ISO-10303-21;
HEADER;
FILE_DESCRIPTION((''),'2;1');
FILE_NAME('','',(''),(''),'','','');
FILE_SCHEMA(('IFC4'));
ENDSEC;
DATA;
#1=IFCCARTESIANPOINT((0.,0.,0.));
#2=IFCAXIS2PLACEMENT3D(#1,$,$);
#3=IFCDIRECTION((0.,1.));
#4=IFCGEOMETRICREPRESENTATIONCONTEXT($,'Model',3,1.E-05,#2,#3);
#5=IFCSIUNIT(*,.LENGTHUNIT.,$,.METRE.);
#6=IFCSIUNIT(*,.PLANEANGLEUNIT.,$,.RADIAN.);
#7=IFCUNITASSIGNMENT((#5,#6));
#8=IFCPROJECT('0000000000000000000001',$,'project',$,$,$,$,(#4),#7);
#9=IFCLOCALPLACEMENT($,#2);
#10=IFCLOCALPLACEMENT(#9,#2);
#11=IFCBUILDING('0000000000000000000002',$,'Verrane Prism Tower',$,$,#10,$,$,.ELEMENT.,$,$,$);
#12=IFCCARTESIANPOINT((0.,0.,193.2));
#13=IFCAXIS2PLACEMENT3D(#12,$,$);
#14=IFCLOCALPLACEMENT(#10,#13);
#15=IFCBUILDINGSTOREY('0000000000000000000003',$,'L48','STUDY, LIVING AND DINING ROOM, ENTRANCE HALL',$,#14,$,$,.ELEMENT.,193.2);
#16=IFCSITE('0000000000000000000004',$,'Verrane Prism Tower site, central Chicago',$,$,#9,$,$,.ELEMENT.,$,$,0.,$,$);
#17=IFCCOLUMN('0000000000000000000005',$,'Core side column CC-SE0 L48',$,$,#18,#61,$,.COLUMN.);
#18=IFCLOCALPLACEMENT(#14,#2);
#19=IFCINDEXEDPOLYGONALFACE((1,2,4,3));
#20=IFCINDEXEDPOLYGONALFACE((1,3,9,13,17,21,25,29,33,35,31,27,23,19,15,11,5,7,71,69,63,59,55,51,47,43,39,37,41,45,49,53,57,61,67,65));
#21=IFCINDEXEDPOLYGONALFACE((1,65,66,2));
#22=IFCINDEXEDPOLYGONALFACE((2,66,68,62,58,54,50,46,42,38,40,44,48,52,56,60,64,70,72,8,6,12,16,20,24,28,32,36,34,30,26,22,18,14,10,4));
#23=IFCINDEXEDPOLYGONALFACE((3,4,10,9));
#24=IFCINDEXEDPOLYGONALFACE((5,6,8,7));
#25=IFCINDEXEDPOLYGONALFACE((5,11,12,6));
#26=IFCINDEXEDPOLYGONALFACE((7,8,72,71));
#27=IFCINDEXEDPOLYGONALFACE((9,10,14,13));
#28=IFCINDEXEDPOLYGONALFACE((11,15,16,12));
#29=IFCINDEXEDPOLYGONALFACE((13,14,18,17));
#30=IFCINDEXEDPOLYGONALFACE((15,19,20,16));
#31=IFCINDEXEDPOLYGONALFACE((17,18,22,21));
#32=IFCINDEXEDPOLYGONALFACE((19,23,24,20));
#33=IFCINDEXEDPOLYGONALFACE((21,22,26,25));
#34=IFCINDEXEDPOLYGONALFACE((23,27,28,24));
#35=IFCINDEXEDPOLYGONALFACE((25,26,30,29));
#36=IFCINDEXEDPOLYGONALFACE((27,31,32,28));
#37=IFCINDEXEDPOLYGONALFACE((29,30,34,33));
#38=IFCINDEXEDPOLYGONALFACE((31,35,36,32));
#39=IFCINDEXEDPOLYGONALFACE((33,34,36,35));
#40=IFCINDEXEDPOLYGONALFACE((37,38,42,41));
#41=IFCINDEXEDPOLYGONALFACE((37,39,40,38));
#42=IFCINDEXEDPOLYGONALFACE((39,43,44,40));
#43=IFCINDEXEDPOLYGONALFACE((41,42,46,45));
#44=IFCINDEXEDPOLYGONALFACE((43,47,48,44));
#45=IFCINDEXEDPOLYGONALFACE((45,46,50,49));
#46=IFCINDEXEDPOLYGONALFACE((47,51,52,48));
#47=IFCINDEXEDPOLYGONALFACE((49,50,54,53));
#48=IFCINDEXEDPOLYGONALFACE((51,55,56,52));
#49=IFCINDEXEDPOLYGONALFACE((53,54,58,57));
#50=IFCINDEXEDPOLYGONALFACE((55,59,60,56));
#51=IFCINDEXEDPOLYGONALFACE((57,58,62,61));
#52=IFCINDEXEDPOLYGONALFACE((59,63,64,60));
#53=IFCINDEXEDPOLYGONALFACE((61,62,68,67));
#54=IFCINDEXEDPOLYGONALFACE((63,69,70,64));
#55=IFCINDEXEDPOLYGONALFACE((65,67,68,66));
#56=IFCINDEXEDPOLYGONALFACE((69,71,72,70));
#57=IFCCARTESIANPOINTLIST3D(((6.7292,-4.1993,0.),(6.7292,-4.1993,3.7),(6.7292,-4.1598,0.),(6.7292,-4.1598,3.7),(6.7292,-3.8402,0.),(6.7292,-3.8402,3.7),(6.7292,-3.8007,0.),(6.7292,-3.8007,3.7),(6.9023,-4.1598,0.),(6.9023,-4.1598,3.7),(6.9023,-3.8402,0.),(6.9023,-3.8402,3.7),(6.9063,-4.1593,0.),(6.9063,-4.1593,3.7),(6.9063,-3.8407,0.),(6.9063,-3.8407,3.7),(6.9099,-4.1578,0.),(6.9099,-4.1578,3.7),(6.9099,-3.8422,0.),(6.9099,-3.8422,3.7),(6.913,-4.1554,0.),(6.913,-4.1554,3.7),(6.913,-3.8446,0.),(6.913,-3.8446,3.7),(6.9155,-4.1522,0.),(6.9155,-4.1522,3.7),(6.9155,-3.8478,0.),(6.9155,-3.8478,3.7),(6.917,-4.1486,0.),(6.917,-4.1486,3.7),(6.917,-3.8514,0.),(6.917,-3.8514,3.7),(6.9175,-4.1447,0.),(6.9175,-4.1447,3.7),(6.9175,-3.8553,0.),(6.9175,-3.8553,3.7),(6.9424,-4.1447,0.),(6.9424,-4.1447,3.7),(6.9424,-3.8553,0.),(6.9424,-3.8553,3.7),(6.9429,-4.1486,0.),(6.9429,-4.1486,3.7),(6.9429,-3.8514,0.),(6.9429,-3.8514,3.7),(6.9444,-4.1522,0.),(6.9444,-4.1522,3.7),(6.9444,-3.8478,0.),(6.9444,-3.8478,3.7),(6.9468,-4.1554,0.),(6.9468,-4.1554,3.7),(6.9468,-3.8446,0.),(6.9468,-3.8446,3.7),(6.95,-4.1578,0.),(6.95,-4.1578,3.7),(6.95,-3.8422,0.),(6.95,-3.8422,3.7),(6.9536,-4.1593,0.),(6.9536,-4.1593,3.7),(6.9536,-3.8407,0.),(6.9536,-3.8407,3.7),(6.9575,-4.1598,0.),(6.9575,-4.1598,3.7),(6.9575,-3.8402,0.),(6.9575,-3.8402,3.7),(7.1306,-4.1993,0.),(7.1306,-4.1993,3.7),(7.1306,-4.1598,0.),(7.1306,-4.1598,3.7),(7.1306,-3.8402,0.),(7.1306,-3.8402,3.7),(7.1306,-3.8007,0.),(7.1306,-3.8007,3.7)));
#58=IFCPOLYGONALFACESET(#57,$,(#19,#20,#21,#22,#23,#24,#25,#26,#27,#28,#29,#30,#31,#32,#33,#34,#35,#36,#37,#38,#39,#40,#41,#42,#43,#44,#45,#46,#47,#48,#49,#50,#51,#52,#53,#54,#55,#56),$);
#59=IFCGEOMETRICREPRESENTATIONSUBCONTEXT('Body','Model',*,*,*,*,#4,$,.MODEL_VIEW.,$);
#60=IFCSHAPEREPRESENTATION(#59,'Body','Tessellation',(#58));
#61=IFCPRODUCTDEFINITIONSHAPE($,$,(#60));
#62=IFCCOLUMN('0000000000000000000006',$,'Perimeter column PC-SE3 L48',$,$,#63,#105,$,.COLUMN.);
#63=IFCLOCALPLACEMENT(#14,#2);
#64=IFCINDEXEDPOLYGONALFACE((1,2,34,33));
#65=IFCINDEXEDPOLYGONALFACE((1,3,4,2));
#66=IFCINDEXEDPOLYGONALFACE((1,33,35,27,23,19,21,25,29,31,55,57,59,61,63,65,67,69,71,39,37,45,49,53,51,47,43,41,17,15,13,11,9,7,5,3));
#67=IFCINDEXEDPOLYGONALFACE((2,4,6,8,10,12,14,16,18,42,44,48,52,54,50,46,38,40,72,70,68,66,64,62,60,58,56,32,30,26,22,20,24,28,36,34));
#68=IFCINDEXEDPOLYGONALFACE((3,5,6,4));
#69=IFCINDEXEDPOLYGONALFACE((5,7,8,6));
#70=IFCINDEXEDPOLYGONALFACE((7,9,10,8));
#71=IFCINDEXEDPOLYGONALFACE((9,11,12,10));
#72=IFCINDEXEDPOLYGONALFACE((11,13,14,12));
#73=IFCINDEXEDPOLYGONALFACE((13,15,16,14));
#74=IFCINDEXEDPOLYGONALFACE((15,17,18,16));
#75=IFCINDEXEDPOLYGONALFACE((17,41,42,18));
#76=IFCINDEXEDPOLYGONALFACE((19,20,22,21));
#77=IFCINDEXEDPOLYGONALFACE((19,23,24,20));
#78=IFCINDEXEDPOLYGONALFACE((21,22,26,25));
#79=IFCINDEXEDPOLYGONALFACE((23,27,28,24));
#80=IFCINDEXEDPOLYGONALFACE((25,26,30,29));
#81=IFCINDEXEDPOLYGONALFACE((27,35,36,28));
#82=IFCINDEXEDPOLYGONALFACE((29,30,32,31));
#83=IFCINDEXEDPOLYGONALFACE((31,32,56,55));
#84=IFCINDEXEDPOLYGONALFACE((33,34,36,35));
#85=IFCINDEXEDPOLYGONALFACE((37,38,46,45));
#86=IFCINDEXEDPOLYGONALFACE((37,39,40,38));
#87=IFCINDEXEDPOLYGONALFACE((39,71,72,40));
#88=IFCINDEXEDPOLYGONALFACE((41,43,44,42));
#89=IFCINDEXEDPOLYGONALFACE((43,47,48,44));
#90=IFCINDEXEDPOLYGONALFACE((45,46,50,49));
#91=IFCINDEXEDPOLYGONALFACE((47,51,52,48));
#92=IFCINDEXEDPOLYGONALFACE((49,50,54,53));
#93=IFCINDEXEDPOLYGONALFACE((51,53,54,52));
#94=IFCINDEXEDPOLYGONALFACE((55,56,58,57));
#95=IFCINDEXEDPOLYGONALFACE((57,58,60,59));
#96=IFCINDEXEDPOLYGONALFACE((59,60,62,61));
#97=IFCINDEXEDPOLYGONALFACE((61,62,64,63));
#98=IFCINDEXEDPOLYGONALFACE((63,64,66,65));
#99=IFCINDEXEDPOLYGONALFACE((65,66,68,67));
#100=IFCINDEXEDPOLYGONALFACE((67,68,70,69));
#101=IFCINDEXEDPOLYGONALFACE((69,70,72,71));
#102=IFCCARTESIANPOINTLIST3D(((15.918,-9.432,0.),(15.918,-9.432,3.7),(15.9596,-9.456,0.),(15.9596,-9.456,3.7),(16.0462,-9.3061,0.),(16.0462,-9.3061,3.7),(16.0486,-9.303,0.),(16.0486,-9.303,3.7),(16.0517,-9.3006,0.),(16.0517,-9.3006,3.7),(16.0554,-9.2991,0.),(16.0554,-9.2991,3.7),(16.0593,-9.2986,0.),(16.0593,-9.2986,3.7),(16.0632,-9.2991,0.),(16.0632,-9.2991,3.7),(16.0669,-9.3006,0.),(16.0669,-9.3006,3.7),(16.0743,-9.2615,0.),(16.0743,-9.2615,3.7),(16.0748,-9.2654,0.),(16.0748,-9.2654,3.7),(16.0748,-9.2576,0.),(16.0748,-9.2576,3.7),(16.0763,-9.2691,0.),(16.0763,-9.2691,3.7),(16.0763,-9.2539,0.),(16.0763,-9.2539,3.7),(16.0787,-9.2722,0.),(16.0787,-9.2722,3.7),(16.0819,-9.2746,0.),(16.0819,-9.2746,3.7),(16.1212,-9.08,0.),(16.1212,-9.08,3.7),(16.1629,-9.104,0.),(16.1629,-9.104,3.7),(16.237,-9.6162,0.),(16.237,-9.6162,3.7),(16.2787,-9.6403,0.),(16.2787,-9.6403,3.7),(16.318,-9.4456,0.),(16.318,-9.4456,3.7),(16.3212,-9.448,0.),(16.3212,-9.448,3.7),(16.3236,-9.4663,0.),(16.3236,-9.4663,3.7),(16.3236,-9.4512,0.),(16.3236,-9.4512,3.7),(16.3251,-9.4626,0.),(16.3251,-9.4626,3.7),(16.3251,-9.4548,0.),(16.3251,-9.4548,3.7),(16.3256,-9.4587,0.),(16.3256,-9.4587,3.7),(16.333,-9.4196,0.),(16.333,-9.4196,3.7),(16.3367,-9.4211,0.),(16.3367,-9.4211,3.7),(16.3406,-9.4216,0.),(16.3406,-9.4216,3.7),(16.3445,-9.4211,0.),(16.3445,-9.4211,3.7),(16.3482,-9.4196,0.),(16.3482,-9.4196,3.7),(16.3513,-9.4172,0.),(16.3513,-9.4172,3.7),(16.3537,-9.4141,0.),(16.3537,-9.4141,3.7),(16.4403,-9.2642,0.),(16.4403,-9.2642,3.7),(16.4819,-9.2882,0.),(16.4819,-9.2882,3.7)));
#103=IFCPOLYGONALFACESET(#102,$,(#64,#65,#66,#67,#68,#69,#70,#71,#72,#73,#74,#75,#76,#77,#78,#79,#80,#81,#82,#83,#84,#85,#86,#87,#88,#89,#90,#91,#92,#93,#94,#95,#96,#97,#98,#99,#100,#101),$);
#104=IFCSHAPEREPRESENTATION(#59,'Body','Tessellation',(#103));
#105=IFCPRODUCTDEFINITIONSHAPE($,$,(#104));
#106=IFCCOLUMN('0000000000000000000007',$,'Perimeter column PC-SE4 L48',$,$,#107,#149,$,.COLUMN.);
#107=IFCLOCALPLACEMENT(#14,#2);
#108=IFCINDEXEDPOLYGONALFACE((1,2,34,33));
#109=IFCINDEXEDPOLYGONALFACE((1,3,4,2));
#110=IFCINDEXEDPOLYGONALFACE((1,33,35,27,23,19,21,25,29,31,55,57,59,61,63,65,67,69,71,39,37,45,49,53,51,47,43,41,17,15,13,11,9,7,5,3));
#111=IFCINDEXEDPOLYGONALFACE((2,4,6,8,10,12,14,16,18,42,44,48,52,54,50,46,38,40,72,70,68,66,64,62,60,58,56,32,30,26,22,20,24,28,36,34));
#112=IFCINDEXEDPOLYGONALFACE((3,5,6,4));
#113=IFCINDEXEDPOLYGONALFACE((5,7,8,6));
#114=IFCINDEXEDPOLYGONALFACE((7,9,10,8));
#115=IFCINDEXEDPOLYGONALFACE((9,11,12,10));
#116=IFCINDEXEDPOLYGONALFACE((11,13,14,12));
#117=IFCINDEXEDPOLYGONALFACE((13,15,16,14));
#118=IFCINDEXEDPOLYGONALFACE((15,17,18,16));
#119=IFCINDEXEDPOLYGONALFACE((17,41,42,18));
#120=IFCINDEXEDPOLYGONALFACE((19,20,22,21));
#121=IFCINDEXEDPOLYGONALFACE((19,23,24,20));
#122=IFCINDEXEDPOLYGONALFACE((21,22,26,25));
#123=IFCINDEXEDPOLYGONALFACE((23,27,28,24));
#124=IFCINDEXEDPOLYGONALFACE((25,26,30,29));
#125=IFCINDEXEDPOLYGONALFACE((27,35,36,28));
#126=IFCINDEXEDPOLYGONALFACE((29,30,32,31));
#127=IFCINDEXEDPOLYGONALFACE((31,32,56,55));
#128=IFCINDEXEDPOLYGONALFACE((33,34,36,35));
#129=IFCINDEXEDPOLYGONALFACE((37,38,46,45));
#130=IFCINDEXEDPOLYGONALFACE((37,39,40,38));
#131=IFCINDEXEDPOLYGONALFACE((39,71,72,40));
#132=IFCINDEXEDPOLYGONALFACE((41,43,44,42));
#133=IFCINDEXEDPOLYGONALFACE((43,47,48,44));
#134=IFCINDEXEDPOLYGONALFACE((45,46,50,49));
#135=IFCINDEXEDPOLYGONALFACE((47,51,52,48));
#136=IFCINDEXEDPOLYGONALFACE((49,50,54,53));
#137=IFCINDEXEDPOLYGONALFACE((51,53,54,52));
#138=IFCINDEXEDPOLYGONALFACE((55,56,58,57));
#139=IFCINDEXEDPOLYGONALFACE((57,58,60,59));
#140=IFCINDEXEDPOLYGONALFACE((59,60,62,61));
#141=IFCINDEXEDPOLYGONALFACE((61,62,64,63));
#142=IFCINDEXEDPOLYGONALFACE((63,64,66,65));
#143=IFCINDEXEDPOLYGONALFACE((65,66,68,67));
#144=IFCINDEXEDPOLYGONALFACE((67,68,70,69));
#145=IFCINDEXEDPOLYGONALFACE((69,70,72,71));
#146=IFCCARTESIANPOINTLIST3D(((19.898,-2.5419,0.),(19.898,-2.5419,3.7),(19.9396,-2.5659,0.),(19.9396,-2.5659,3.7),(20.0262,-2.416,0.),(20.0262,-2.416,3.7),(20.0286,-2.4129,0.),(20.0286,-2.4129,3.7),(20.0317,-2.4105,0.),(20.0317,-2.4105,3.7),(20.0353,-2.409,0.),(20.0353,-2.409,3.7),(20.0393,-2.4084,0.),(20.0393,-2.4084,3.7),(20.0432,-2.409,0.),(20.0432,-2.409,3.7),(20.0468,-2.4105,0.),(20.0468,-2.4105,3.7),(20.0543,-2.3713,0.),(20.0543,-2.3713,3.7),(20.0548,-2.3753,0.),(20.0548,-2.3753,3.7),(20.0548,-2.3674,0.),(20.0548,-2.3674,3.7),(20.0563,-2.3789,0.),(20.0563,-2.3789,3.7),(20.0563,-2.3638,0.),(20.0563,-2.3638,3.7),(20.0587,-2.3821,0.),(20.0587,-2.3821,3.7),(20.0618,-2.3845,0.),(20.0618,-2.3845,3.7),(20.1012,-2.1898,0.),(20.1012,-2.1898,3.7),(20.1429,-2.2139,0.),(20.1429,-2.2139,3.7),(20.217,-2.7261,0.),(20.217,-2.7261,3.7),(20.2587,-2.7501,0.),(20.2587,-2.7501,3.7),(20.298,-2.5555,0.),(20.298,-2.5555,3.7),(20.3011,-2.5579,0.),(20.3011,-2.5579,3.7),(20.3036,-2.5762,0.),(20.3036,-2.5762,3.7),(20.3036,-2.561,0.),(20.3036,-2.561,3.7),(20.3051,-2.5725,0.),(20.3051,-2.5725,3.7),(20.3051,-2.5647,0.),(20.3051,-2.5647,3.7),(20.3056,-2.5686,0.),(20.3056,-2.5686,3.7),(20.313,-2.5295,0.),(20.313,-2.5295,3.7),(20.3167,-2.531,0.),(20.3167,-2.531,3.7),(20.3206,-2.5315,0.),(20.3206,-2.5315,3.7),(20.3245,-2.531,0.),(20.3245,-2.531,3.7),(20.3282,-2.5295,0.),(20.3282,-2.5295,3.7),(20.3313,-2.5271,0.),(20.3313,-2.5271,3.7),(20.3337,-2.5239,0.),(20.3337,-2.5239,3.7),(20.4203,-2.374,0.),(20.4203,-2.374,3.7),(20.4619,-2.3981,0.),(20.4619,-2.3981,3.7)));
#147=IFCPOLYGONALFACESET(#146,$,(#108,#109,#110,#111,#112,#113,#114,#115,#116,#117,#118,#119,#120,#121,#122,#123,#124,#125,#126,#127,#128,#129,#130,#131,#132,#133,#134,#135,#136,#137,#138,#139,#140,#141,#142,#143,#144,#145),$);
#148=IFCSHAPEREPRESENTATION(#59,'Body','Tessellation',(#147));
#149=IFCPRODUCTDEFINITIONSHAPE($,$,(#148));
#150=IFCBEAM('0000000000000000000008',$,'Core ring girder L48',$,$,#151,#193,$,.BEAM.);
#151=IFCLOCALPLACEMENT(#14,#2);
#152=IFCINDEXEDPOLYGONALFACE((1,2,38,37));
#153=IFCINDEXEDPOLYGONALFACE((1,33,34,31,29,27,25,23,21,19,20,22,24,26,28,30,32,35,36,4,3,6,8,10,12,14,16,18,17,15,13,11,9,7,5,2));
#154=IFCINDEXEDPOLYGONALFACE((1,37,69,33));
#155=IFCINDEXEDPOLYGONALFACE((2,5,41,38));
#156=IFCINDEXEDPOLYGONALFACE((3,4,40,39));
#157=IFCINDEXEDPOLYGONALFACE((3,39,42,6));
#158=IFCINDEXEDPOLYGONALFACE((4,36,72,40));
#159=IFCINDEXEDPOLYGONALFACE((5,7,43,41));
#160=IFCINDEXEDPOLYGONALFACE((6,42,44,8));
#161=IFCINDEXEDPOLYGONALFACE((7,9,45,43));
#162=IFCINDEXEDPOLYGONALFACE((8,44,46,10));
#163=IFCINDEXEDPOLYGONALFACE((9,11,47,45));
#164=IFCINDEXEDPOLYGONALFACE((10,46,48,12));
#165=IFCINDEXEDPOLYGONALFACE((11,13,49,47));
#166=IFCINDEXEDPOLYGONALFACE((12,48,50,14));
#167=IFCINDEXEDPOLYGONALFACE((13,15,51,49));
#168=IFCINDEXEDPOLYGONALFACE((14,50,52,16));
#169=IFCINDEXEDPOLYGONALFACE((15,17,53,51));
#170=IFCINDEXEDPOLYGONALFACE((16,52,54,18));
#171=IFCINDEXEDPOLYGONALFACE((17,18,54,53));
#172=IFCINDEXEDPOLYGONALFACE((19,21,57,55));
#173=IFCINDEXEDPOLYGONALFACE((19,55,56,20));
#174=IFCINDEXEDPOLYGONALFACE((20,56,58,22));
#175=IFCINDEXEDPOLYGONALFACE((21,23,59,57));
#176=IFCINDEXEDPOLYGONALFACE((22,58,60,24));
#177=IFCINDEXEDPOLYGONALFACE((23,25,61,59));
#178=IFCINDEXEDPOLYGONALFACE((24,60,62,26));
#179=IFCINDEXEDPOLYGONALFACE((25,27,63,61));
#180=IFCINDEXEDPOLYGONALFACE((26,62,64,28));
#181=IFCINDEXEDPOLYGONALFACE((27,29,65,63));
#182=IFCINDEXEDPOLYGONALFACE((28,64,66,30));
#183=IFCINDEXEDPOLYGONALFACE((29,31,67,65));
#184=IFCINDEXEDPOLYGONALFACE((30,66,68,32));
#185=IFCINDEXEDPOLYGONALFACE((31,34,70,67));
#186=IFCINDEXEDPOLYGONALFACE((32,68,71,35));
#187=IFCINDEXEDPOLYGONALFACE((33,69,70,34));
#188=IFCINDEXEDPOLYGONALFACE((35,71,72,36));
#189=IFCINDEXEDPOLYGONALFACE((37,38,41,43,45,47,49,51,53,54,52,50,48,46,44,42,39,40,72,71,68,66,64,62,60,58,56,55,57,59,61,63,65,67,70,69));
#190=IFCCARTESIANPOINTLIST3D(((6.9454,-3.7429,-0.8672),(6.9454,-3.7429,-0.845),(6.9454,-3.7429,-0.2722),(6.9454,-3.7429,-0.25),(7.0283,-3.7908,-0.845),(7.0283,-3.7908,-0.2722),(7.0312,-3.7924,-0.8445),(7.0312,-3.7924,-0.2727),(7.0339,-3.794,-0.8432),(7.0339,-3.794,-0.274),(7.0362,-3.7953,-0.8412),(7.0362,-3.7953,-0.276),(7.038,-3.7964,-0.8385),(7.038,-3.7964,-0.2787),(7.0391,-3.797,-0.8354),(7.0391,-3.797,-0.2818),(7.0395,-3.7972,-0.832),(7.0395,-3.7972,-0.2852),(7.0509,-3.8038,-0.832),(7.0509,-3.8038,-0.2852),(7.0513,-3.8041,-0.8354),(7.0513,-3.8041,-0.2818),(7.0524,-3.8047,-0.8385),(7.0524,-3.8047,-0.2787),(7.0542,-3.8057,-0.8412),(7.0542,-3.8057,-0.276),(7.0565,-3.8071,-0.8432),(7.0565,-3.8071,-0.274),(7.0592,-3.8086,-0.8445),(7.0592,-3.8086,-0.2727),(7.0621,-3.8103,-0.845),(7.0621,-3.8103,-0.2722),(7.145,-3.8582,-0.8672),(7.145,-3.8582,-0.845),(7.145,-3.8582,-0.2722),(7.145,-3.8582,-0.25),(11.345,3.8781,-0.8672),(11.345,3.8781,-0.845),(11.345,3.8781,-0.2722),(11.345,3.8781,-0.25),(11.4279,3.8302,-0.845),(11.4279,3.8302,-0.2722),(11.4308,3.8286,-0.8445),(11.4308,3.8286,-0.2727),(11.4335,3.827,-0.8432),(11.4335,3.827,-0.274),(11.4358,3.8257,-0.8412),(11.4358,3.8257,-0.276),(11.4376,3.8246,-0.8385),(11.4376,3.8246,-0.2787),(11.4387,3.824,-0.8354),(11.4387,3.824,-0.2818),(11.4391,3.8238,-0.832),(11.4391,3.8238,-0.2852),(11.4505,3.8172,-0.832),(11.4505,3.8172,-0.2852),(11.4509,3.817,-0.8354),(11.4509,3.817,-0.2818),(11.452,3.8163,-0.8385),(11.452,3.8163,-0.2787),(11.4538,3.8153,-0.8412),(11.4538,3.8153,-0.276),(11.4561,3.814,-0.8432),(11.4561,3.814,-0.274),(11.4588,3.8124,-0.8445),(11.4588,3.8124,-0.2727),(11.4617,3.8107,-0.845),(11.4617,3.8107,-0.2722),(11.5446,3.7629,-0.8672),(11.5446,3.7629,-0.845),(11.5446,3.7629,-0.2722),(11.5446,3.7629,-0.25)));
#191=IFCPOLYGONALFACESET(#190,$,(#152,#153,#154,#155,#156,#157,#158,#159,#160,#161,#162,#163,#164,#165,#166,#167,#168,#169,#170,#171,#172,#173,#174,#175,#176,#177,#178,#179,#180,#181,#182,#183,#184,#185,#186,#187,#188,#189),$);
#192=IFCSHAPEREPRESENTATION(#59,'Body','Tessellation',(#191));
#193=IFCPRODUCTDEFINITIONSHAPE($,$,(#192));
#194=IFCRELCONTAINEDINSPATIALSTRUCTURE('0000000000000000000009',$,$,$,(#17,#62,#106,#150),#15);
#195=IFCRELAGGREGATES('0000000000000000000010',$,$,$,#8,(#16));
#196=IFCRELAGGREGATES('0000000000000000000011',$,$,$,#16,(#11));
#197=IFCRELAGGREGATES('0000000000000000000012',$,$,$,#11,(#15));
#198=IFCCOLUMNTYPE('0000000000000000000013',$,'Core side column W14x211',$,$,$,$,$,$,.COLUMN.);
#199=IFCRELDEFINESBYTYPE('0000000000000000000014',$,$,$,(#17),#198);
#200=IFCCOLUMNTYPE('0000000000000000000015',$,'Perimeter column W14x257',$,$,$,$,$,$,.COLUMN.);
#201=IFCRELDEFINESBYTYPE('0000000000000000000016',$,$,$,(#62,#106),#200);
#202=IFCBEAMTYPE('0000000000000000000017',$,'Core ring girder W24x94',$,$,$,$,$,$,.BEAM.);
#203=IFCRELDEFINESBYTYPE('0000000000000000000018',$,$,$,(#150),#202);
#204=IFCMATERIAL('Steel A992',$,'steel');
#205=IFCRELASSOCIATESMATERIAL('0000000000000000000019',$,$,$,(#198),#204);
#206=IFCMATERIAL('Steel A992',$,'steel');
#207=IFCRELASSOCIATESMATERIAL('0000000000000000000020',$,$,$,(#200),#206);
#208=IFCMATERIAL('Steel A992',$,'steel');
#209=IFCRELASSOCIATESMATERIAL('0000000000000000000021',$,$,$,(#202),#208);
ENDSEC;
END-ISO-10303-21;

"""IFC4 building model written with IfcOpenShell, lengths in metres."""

from ifc_helpers import new_model, si_unit, direction, frame, origin, origin_2d, place, context, subcontext, project, spatial, i_section, extrude, material, material_profile, profile_set, type_object, element, save


model = new_model("IFC4")

# Units and contexts
model_context = context("Model", 3, precision=1e-05, world=origin(), true_north=direction((0.0, 1.0)))
body_context = subcontext(model_context, "Body", "Model", "MODEL_VIEW")
ifc_project = project(units=[si_unit("LENGTHUNIT", "METRE"), si_unit("PLANEANGLEUNIT", "RADIAN")], contexts=[model_context])

# Site, building, storey
site_placement = place(None, origin())
site = spatial("IfcSite", under=ifc_project, at=site_placement, Name="Verrane Prism Tower site, central Chicago", CompositionType="ELEMENT", RefElevation=0.0)
building_placement = place(site_placement, origin())
building = spatial("IfcBuilding", under=site, at=building_placement, Name="Verrane Prism Tower", CompositionType="ELEMENT")
storey_placement = place(building_placement, frame((0.0, 0.0, 193.2)))
storey = spatial("IfcBuildingStorey", under=building, at=storey_placement, Name="L48", Description="STUDY, LIVING AND DINING ROOM, ENTRANCE HALL", CompositionType="ELEMENT", Elevation=193.2)

# Columns
ifc_material_1 = material(Name="Steel A992", Category="steel")
ifc_material_profile_1 = material_profile(ifc_material_1, i_section(OverallWidth=0.4014, OverallDepth=0.3987, WebThickness=0.0249, FlangeThickness=0.0396, FilletRadius=0.0151, at=origin_2d()), Name="W14x211")
ifc_profile_set_1 = profile_set([ifc_material_profile_1], Name="Steel A992")
column_type_1 = type_object("IfcColumnType", Name="Core side column W14x211", PredefinedType="COLUMN", material=ifc_profile_set_1)
column_placement = place(storey_placement, frame((6.9299, -4.0, 0.0), z_axis=(0.0, 0.0, 1.0), x_axis=(1.0, 0.0, 0.0)))
element("IfcColumn", 1, at=column_placement, inside=storey, type_object=column_type_1, Name="Core side column CC-SE0 L48", PredefinedType="COLUMN", context=body_context, shape_type="SweptSolid", body=[
    extrude(i_section(OverallWidth=0.4014, OverallDepth=0.3987, WebThickness=0.0249, FlangeThickness=0.0396, FilletRadius=0.0151, at=origin_2d()), origin(), (0.0, 0.0, 1.0), 3.7),
])
ifc_material_2 = material(Name="Steel A992", Category="steel")
ifc_material_profile_2 = material_profile(ifc_material_2, i_section(OverallWidth=0.4065, OverallDepth=0.4165, WebThickness=0.03, FlangeThickness=0.0481, FilletRadius=0.0151, at=origin_2d()), Name="W14x257")
ifc_profile_set_2 = profile_set([ifc_material_profile_2], Name="Steel A992")
column_type_2 = type_object("IfcColumnType", Name="Perimeter column W14x257", PredefinedType="COLUMN", material=ifc_profile_set_2)
for number, where, z_axis, x_axis, name in (
    (2, (16.2, -9.3601, 0.0), (0.0, 0.0, 1.0), (-0.5, -0.866025, 0.0), "Perimeter column PC-SE3 L48"),
    (3, (20.1799, -2.47, 0.0), (0.0, 0.0, 1.0), (-0.5, -0.866025, 0.0), "Perimeter column PC-SE4 L48"),
):
    element("IfcColumn", number, at=place(storey_placement, frame(where, z_axis=z_axis, x_axis=x_axis)), inside=storey, type_object=column_type_2, Name=name, PredefinedType="COLUMN", context=body_context, shape_type="SweptSolid", body=[
        extrude(i_section(OverallWidth=0.4065, OverallDepth=0.4165, WebThickness=0.03, FlangeThickness=0.0481, FilletRadius=0.0151, at=origin_2d()), origin(), (0.0, 0.0, 1.0), 3.7),
    ])

# Beam
ifc_material_3 = material(Name="Steel A992", Category="steel")
ifc_material_profile_3 = material_profile(ifc_material_3, i_section(OverallWidth=0.2305, OverallDepth=0.6172, WebThickness=0.0132, FlangeThickness=0.0222, FilletRadius=0.0129, at=origin_2d()), Name="W24x94")
ifc_profile_set_3 = profile_set([ifc_material_profile_3], Name="Steel A992")
beam_type_1 = type_object("IfcBeamType", Name="Core ring girder W24x94", PredefinedType="BEAM", material=ifc_profile_set_3)
beam_1_placement = place(storey_placement, frame((7.0452, -3.8005, -0.5586), z_axis=(0.499967, 0.866044, 0.0), x_axis=(-0.866044, 0.499967, 0.0)))
element("IfcBeam", 4, at=beam_1_placement, inside=storey, type_object=beam_type_1, Name="Core ring girder L48", PredefinedType="BEAM", context=body_context, shape_type="SweptSolid", body=[
    extrude(i_section(OverallWidth=0.2305, OverallDepth=0.6172, WebThickness=0.0132, FlangeThickness=0.0222, FilletRadius=0.0129, at=origin_2d()), origin(), (0.0, 0.0, 1.0), 8.7998),
])

save(model, "model.ifc")
